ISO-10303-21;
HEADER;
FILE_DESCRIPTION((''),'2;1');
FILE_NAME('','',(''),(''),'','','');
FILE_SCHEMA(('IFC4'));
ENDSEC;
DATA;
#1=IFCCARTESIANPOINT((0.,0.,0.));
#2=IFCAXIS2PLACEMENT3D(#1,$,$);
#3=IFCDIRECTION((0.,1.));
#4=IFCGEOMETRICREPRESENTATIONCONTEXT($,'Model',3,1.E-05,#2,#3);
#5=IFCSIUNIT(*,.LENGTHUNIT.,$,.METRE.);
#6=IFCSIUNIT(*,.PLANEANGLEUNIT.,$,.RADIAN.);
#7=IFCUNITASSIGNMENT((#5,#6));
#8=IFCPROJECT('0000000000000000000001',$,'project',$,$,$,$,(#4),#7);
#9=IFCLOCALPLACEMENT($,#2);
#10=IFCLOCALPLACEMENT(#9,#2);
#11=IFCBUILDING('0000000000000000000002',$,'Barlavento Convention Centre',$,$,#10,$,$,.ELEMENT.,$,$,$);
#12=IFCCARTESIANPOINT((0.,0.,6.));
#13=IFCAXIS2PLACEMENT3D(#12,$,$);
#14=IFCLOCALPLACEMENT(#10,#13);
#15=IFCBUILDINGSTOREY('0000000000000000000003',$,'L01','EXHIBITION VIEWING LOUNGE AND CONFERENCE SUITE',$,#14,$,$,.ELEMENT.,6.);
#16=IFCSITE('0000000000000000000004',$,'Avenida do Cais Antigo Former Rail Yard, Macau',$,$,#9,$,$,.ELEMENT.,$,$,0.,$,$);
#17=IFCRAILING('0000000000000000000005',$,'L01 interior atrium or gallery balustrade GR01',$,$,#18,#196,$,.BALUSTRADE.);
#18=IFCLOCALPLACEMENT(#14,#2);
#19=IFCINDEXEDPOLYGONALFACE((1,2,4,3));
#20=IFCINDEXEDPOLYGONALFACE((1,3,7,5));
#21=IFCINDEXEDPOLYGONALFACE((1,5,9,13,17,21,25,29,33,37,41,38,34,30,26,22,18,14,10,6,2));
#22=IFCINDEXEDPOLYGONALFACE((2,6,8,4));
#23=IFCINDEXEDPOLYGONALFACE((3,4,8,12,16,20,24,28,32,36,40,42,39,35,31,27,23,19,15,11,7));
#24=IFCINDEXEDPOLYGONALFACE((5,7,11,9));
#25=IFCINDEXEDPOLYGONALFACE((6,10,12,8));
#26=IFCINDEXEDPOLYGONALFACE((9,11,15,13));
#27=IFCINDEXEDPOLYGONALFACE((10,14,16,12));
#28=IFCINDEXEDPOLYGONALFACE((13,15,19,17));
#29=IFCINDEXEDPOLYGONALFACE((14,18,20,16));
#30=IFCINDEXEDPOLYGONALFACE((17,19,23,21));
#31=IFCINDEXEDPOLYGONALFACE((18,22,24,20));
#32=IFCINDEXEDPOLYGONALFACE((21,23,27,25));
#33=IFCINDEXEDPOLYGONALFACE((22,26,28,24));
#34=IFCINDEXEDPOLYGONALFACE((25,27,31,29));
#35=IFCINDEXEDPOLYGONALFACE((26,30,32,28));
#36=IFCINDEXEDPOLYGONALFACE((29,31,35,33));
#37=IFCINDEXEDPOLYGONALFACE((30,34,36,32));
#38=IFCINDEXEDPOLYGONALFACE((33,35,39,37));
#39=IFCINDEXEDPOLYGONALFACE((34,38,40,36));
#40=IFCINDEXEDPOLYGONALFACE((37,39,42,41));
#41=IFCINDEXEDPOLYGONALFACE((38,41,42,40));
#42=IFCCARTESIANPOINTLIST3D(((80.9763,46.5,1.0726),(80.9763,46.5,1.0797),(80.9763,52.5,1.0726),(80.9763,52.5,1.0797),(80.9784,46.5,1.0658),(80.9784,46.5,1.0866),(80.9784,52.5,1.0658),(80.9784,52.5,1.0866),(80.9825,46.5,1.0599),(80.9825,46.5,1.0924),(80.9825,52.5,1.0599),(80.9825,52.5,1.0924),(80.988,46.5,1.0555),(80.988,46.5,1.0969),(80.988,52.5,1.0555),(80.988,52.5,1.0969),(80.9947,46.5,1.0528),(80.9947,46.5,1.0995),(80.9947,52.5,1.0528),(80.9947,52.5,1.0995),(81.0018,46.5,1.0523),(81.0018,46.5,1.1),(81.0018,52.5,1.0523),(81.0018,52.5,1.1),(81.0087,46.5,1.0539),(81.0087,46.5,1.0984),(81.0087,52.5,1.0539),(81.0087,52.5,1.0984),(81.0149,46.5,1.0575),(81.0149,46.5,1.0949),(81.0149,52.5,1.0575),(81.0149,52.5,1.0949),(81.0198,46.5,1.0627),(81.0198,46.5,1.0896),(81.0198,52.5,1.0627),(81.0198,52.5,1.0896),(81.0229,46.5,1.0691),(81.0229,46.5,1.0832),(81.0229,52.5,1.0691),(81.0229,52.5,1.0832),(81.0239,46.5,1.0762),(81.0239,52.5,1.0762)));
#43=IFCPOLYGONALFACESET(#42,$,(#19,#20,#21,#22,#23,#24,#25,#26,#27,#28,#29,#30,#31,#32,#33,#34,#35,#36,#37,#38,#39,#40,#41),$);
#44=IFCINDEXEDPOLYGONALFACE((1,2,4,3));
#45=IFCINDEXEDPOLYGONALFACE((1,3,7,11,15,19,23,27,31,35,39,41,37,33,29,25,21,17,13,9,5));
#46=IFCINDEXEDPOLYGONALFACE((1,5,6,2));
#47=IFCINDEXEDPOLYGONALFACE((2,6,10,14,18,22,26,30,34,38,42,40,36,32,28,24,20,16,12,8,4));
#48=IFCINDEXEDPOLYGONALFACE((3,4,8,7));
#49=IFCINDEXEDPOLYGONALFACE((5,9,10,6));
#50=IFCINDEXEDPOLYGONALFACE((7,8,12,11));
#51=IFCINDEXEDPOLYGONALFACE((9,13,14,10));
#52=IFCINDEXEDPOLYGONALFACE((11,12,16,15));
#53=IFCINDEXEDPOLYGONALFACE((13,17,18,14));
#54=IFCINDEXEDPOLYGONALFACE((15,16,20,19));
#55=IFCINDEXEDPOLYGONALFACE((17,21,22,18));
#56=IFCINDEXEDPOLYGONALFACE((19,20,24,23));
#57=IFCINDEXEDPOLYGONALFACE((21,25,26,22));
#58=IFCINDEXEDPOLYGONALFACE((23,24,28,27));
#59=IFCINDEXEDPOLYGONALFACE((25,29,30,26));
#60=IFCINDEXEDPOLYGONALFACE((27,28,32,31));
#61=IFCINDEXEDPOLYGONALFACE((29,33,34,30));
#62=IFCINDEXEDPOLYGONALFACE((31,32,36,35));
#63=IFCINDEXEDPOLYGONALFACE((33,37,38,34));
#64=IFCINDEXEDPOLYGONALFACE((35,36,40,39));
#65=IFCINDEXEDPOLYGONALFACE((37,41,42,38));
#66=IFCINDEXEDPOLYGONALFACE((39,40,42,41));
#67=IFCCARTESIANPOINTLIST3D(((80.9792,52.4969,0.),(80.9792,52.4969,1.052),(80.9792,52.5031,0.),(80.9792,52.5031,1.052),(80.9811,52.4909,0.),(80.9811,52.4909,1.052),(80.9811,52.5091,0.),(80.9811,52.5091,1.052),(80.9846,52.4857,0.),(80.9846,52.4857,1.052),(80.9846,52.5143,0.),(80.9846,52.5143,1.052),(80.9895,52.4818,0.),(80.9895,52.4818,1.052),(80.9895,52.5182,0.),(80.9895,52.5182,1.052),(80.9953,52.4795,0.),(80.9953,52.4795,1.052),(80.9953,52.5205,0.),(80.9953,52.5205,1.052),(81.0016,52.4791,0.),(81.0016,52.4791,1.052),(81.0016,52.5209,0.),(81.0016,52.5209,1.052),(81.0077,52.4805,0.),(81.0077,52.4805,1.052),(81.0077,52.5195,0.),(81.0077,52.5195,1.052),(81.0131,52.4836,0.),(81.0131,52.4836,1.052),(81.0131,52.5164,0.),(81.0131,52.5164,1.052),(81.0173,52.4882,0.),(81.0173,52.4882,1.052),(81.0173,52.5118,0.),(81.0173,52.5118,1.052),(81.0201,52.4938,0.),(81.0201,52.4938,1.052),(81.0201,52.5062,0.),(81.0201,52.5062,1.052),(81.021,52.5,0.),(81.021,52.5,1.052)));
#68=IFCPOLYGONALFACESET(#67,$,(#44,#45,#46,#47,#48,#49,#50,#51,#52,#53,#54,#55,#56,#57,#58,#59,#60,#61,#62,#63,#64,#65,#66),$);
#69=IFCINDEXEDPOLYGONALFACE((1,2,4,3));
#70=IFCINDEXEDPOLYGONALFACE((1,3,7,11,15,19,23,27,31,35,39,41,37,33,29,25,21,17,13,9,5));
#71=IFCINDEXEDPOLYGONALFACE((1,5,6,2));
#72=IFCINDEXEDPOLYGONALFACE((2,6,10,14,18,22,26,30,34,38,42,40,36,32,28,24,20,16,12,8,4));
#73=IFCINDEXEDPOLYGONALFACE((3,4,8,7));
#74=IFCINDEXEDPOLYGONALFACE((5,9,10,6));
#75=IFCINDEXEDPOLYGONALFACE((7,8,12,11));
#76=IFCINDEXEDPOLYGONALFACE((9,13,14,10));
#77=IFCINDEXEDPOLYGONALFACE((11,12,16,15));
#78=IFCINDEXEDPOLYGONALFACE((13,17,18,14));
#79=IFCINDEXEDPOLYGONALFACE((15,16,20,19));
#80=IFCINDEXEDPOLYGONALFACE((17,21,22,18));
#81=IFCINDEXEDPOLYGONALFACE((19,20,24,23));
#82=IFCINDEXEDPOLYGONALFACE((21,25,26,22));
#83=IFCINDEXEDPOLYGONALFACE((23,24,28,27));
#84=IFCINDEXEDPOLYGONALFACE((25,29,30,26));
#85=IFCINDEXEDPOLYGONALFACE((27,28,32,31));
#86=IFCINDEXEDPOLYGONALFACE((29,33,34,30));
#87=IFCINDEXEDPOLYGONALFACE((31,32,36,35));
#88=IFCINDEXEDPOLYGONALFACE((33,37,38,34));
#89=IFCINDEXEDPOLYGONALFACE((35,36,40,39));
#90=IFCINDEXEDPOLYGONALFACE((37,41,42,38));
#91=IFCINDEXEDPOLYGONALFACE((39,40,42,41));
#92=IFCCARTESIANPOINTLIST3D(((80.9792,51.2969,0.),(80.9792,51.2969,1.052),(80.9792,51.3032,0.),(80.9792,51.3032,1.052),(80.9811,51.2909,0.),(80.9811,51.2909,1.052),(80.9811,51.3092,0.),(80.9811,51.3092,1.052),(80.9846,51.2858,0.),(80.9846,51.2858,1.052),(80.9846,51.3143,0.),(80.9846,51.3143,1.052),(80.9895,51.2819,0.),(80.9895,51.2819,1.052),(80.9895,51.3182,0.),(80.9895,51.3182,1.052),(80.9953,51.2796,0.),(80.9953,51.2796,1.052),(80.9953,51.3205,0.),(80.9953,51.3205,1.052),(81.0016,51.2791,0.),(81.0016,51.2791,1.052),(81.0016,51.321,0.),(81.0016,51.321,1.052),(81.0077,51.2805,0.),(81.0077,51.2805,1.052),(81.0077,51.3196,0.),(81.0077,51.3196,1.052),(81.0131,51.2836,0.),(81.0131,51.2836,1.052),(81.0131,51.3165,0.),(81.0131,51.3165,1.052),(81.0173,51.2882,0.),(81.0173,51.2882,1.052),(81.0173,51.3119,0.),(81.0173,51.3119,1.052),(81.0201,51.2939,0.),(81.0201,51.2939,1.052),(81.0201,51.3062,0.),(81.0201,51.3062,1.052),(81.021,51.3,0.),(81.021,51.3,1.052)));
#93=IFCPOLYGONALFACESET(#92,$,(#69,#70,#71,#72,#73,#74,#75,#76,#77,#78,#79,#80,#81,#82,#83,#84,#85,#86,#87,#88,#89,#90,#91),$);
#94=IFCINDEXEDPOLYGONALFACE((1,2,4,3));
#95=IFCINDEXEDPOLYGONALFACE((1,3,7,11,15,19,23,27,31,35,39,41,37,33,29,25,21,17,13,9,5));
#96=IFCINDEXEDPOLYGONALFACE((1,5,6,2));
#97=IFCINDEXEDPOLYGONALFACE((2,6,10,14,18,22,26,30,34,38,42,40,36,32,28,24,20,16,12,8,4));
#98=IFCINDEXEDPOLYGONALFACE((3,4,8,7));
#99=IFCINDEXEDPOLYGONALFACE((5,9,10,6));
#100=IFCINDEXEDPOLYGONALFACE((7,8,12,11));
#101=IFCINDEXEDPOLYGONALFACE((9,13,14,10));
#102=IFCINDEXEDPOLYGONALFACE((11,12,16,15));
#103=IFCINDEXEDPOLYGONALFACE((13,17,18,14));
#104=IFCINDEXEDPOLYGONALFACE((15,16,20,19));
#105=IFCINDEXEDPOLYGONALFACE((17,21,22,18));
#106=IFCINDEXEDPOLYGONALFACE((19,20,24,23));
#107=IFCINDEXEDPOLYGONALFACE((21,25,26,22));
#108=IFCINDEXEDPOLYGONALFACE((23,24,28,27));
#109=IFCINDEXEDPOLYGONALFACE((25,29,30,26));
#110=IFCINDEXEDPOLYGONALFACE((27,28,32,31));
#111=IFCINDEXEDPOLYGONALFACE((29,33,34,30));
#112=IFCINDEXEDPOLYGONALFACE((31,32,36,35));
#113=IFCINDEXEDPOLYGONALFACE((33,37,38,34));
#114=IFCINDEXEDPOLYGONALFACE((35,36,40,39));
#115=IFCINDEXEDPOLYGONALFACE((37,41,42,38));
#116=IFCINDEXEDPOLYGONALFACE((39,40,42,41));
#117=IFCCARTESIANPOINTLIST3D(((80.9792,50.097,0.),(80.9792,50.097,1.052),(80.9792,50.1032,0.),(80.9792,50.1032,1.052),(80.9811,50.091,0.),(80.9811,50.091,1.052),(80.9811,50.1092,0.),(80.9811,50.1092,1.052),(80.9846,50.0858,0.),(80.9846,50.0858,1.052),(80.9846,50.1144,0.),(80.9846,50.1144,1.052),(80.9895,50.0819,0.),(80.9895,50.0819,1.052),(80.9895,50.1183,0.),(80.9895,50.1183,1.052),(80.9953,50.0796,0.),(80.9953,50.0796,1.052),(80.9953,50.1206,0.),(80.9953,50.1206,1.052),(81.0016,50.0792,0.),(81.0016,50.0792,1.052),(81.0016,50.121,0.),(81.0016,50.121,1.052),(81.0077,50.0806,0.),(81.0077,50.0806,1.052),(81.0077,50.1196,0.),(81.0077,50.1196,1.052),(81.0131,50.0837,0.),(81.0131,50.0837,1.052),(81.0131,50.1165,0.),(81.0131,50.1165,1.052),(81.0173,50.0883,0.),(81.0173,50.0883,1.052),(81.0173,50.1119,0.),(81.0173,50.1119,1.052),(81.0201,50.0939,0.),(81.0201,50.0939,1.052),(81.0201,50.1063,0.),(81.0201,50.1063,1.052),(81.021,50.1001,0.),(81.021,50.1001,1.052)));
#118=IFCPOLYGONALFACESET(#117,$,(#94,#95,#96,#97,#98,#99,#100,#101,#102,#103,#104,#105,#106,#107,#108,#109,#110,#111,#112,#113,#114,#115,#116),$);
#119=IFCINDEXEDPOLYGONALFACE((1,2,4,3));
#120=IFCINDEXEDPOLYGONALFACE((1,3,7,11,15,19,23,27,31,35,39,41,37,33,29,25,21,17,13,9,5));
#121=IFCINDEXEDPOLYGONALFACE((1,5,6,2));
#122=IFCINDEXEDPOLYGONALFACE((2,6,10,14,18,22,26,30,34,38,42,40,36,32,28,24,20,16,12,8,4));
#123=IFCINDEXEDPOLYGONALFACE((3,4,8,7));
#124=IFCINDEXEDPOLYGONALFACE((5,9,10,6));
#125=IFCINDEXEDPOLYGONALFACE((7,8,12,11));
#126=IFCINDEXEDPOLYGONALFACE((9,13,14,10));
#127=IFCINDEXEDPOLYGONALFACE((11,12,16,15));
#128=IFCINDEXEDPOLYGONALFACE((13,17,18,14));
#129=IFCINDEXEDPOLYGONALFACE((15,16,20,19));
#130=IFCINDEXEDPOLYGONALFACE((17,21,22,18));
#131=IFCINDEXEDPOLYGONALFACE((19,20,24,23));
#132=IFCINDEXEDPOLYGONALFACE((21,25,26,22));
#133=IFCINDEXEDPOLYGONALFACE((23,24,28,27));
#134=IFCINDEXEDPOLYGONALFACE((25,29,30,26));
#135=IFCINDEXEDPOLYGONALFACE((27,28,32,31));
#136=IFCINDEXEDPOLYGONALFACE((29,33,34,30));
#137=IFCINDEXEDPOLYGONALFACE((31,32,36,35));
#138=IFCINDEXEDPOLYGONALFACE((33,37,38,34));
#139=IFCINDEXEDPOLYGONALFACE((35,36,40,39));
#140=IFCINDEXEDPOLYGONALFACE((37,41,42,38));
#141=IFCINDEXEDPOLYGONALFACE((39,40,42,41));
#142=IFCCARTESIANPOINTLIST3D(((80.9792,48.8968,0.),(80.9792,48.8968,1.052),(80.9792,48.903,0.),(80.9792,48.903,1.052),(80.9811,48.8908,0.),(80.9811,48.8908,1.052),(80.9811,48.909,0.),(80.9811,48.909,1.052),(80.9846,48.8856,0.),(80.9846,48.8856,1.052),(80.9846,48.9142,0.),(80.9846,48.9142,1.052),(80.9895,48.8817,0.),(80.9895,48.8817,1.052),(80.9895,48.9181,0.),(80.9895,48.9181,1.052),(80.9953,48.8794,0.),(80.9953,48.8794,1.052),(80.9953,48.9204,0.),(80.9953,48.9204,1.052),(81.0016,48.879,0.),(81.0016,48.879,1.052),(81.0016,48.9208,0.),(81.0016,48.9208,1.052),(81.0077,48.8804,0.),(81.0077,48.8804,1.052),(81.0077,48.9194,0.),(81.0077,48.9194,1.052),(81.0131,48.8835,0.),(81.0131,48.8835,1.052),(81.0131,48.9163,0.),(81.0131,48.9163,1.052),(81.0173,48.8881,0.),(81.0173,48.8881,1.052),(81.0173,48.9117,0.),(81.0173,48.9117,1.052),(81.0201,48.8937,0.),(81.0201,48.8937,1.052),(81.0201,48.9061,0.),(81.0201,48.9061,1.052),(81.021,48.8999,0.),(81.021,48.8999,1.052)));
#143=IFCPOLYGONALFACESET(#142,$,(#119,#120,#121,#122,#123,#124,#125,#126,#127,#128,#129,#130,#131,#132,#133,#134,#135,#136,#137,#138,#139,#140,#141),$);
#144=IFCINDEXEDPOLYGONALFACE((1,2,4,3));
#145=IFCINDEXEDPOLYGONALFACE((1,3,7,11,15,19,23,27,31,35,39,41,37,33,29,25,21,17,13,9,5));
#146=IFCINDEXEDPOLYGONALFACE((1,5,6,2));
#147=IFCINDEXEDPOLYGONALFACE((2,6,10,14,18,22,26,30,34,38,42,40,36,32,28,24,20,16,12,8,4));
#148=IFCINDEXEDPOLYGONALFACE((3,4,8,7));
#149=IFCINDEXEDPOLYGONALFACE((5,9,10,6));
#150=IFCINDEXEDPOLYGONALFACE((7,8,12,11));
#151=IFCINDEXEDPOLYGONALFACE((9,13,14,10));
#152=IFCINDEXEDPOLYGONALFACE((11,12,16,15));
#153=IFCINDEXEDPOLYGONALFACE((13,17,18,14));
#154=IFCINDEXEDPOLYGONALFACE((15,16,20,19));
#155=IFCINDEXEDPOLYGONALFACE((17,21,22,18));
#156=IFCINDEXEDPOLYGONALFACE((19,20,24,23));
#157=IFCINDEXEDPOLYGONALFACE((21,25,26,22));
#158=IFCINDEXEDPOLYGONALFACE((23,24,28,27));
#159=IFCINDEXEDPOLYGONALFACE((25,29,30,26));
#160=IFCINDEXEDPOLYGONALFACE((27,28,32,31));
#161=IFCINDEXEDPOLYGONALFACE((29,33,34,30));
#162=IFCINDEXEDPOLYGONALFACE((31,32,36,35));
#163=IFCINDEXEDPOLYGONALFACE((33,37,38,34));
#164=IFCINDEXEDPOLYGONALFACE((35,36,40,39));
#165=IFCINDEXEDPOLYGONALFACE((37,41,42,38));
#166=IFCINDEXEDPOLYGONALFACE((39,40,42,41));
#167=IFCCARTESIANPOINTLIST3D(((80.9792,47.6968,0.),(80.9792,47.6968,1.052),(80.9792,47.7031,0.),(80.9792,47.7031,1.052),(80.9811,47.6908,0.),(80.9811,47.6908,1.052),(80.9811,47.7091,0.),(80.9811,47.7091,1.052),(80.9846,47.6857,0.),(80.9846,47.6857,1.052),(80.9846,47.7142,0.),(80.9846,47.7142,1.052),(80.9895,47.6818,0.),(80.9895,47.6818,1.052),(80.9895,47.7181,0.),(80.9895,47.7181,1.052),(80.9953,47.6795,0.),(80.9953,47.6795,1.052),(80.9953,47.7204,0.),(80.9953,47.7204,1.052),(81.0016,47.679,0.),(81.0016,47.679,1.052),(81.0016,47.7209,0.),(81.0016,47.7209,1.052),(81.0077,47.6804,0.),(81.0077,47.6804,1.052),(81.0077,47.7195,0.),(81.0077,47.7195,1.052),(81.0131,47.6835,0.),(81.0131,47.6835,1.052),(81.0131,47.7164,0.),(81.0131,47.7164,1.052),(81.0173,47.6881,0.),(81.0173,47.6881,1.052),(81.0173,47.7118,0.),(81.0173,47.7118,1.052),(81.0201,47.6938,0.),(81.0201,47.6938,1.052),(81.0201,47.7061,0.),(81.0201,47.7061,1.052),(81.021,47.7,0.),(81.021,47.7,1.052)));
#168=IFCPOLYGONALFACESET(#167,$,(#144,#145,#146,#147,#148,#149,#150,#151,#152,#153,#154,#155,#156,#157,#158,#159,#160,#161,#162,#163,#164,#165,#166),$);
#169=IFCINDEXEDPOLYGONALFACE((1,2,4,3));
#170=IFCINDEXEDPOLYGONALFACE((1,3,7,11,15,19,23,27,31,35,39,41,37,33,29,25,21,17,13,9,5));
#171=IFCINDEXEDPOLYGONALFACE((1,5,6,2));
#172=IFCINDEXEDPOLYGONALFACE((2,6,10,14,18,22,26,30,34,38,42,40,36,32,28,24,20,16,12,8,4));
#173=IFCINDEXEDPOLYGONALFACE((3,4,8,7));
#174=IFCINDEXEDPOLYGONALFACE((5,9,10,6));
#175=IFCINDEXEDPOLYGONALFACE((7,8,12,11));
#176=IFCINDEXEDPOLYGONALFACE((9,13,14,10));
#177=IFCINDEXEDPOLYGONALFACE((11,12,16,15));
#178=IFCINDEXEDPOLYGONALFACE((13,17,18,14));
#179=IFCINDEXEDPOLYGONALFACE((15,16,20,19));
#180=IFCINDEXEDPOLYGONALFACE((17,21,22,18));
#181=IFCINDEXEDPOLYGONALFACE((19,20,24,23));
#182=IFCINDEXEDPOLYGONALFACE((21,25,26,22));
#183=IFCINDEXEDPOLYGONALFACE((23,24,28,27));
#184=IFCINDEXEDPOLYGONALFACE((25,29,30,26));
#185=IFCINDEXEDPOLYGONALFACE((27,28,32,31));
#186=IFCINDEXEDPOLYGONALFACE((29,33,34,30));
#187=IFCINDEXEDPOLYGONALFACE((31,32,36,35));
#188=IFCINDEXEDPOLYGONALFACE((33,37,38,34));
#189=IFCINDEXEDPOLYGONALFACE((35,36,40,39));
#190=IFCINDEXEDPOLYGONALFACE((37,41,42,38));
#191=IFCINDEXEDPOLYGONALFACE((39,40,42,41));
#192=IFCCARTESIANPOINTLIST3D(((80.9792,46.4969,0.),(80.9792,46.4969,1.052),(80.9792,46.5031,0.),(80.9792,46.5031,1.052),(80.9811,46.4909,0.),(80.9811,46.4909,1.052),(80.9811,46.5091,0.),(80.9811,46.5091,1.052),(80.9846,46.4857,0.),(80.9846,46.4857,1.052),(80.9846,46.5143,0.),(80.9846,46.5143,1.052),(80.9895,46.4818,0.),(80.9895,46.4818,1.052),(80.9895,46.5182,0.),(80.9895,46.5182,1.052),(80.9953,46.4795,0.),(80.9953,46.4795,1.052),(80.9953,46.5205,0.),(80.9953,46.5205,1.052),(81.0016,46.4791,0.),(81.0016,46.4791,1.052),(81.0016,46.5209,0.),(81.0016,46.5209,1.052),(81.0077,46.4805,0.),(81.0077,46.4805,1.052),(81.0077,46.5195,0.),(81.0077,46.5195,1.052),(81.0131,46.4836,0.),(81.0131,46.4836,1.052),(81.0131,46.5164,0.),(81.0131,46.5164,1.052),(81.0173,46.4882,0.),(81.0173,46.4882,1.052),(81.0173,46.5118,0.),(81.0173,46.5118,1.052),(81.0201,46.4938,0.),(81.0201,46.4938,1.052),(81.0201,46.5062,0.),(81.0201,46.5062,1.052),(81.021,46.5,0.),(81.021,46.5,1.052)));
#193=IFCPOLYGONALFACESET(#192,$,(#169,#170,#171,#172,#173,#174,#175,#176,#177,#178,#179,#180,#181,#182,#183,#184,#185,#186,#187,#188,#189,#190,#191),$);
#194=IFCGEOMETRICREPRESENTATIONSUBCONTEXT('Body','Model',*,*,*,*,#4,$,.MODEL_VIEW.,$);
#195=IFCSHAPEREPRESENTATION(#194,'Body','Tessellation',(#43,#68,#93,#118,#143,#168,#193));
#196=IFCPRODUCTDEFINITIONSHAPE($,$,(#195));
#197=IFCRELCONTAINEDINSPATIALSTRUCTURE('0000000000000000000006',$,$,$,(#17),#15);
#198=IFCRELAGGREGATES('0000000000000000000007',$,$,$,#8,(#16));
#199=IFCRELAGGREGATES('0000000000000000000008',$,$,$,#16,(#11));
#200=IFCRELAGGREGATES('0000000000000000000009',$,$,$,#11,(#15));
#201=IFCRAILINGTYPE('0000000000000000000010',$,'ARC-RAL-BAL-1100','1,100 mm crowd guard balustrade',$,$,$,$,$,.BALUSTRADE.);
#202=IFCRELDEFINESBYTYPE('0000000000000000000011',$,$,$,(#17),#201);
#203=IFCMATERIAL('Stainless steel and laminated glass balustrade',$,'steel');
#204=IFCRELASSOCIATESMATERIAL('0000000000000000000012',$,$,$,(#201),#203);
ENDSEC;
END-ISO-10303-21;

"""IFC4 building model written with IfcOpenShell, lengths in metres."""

from ifc_helpers import new_model, si_unit, direction, frame, origin, origin_2d, place, context, subcontext, project, spatial, circle, extrude, material, type_object, element, save


model = new_model("IFC4")

# Units and contexts
model_context = context("Model", 3, precision=1e-05, world=origin(), true_north=direction((0.0, 1.0)))
body_context = subcontext(model_context, "Body", "Model", "MODEL_VIEW")
ifc_project = project(units=[si_unit("LENGTHUNIT", "METRE"), si_unit("PLANEANGLEUNIT", "RADIAN")], contexts=[model_context])

# Site, building, storey
site_placement = place(None, origin())
site = spatial("IfcSite", under=ifc_project, at=site_placement, Name="Avenida do Cais Antigo Former Rail Yard, Macau", CompositionType="ELEMENT", RefElevation=0.0)
building_placement = place(site_placement, origin())
building = spatial("IfcBuilding", under=site, at=building_placement, Name="Barlavento Convention Centre", CompositionType="ELEMENT")
storey_placement = place(building_placement, frame((0.0, 0.0, 6.0)))
storey = spatial("IfcBuildingStorey", under=building, at=storey_placement, Name="L01", Description="EXHIBITION VIEWING LOUNGE AND CONFERENCE SUITE", CompositionType="ELEMENT", Elevation=6.0)

# Railing
ifc_material_1 = material(Name="Stainless steel and laminated glass balustrade", Category="steel")
railing_type = type_object("IfcRailingType", Name="ARC-RAL-BAL-1100", Description="1,100 mm crowd guard balustrade", PredefinedType="BALUSTRADE", material=ifc_material_1)
railing_1_placement = place(storey_placement, frame((81.0, 52.5, 0.0)))
element("IfcRailing", 1, at=railing_1_placement, inside=storey, type_object=railing_type, Name="L01 interior atrium or gallery balustrade GR01", PredefinedType="BALUSTRADE", context=body_context, shape_type="SweptSolid", body=[
    extrude(circle(Radius=0.0239, at=origin_2d()), frame((0.0, 0.0, 1.0762), z_axis=(0.0, -1.0, 0.0), x_axis=(1.0, 0.0, 0.0)), (0.0, 0.0, 1.0), 6.0),
    extrude(circle(Radius=0.021, at=origin_2d()), origin(), (0.0, 0.0, 1.0), 1.052),
    extrude(circle(Radius=0.021, at=origin_2d()), frame((0.0, -1.2, 0.0)), (0.0, 0.0, 1.0), 1.052),
    extrude(circle(Radius=0.021, at=origin_2d()), frame((0.0, -2.3999, 0.0)), (0.0, 0.0, 1.0), 1.052),
    extrude(circle(Radius=0.021, at=origin_2d()), frame((0.0, -3.6001, 0.0)), (0.0, 0.0, 1.0), 1.052),
    extrude(circle(Radius=0.021, at=origin_2d()), frame((0.0, -4.8, 0.0)), (0.0, 0.0, 1.0), 1.052),
    extrude(circle(Radius=0.021, at=origin_2d()), frame((0.0, -6.0, 0.0)), (0.0, 0.0, 1.0), 1.052),
])

save(model, "model.ifc")
